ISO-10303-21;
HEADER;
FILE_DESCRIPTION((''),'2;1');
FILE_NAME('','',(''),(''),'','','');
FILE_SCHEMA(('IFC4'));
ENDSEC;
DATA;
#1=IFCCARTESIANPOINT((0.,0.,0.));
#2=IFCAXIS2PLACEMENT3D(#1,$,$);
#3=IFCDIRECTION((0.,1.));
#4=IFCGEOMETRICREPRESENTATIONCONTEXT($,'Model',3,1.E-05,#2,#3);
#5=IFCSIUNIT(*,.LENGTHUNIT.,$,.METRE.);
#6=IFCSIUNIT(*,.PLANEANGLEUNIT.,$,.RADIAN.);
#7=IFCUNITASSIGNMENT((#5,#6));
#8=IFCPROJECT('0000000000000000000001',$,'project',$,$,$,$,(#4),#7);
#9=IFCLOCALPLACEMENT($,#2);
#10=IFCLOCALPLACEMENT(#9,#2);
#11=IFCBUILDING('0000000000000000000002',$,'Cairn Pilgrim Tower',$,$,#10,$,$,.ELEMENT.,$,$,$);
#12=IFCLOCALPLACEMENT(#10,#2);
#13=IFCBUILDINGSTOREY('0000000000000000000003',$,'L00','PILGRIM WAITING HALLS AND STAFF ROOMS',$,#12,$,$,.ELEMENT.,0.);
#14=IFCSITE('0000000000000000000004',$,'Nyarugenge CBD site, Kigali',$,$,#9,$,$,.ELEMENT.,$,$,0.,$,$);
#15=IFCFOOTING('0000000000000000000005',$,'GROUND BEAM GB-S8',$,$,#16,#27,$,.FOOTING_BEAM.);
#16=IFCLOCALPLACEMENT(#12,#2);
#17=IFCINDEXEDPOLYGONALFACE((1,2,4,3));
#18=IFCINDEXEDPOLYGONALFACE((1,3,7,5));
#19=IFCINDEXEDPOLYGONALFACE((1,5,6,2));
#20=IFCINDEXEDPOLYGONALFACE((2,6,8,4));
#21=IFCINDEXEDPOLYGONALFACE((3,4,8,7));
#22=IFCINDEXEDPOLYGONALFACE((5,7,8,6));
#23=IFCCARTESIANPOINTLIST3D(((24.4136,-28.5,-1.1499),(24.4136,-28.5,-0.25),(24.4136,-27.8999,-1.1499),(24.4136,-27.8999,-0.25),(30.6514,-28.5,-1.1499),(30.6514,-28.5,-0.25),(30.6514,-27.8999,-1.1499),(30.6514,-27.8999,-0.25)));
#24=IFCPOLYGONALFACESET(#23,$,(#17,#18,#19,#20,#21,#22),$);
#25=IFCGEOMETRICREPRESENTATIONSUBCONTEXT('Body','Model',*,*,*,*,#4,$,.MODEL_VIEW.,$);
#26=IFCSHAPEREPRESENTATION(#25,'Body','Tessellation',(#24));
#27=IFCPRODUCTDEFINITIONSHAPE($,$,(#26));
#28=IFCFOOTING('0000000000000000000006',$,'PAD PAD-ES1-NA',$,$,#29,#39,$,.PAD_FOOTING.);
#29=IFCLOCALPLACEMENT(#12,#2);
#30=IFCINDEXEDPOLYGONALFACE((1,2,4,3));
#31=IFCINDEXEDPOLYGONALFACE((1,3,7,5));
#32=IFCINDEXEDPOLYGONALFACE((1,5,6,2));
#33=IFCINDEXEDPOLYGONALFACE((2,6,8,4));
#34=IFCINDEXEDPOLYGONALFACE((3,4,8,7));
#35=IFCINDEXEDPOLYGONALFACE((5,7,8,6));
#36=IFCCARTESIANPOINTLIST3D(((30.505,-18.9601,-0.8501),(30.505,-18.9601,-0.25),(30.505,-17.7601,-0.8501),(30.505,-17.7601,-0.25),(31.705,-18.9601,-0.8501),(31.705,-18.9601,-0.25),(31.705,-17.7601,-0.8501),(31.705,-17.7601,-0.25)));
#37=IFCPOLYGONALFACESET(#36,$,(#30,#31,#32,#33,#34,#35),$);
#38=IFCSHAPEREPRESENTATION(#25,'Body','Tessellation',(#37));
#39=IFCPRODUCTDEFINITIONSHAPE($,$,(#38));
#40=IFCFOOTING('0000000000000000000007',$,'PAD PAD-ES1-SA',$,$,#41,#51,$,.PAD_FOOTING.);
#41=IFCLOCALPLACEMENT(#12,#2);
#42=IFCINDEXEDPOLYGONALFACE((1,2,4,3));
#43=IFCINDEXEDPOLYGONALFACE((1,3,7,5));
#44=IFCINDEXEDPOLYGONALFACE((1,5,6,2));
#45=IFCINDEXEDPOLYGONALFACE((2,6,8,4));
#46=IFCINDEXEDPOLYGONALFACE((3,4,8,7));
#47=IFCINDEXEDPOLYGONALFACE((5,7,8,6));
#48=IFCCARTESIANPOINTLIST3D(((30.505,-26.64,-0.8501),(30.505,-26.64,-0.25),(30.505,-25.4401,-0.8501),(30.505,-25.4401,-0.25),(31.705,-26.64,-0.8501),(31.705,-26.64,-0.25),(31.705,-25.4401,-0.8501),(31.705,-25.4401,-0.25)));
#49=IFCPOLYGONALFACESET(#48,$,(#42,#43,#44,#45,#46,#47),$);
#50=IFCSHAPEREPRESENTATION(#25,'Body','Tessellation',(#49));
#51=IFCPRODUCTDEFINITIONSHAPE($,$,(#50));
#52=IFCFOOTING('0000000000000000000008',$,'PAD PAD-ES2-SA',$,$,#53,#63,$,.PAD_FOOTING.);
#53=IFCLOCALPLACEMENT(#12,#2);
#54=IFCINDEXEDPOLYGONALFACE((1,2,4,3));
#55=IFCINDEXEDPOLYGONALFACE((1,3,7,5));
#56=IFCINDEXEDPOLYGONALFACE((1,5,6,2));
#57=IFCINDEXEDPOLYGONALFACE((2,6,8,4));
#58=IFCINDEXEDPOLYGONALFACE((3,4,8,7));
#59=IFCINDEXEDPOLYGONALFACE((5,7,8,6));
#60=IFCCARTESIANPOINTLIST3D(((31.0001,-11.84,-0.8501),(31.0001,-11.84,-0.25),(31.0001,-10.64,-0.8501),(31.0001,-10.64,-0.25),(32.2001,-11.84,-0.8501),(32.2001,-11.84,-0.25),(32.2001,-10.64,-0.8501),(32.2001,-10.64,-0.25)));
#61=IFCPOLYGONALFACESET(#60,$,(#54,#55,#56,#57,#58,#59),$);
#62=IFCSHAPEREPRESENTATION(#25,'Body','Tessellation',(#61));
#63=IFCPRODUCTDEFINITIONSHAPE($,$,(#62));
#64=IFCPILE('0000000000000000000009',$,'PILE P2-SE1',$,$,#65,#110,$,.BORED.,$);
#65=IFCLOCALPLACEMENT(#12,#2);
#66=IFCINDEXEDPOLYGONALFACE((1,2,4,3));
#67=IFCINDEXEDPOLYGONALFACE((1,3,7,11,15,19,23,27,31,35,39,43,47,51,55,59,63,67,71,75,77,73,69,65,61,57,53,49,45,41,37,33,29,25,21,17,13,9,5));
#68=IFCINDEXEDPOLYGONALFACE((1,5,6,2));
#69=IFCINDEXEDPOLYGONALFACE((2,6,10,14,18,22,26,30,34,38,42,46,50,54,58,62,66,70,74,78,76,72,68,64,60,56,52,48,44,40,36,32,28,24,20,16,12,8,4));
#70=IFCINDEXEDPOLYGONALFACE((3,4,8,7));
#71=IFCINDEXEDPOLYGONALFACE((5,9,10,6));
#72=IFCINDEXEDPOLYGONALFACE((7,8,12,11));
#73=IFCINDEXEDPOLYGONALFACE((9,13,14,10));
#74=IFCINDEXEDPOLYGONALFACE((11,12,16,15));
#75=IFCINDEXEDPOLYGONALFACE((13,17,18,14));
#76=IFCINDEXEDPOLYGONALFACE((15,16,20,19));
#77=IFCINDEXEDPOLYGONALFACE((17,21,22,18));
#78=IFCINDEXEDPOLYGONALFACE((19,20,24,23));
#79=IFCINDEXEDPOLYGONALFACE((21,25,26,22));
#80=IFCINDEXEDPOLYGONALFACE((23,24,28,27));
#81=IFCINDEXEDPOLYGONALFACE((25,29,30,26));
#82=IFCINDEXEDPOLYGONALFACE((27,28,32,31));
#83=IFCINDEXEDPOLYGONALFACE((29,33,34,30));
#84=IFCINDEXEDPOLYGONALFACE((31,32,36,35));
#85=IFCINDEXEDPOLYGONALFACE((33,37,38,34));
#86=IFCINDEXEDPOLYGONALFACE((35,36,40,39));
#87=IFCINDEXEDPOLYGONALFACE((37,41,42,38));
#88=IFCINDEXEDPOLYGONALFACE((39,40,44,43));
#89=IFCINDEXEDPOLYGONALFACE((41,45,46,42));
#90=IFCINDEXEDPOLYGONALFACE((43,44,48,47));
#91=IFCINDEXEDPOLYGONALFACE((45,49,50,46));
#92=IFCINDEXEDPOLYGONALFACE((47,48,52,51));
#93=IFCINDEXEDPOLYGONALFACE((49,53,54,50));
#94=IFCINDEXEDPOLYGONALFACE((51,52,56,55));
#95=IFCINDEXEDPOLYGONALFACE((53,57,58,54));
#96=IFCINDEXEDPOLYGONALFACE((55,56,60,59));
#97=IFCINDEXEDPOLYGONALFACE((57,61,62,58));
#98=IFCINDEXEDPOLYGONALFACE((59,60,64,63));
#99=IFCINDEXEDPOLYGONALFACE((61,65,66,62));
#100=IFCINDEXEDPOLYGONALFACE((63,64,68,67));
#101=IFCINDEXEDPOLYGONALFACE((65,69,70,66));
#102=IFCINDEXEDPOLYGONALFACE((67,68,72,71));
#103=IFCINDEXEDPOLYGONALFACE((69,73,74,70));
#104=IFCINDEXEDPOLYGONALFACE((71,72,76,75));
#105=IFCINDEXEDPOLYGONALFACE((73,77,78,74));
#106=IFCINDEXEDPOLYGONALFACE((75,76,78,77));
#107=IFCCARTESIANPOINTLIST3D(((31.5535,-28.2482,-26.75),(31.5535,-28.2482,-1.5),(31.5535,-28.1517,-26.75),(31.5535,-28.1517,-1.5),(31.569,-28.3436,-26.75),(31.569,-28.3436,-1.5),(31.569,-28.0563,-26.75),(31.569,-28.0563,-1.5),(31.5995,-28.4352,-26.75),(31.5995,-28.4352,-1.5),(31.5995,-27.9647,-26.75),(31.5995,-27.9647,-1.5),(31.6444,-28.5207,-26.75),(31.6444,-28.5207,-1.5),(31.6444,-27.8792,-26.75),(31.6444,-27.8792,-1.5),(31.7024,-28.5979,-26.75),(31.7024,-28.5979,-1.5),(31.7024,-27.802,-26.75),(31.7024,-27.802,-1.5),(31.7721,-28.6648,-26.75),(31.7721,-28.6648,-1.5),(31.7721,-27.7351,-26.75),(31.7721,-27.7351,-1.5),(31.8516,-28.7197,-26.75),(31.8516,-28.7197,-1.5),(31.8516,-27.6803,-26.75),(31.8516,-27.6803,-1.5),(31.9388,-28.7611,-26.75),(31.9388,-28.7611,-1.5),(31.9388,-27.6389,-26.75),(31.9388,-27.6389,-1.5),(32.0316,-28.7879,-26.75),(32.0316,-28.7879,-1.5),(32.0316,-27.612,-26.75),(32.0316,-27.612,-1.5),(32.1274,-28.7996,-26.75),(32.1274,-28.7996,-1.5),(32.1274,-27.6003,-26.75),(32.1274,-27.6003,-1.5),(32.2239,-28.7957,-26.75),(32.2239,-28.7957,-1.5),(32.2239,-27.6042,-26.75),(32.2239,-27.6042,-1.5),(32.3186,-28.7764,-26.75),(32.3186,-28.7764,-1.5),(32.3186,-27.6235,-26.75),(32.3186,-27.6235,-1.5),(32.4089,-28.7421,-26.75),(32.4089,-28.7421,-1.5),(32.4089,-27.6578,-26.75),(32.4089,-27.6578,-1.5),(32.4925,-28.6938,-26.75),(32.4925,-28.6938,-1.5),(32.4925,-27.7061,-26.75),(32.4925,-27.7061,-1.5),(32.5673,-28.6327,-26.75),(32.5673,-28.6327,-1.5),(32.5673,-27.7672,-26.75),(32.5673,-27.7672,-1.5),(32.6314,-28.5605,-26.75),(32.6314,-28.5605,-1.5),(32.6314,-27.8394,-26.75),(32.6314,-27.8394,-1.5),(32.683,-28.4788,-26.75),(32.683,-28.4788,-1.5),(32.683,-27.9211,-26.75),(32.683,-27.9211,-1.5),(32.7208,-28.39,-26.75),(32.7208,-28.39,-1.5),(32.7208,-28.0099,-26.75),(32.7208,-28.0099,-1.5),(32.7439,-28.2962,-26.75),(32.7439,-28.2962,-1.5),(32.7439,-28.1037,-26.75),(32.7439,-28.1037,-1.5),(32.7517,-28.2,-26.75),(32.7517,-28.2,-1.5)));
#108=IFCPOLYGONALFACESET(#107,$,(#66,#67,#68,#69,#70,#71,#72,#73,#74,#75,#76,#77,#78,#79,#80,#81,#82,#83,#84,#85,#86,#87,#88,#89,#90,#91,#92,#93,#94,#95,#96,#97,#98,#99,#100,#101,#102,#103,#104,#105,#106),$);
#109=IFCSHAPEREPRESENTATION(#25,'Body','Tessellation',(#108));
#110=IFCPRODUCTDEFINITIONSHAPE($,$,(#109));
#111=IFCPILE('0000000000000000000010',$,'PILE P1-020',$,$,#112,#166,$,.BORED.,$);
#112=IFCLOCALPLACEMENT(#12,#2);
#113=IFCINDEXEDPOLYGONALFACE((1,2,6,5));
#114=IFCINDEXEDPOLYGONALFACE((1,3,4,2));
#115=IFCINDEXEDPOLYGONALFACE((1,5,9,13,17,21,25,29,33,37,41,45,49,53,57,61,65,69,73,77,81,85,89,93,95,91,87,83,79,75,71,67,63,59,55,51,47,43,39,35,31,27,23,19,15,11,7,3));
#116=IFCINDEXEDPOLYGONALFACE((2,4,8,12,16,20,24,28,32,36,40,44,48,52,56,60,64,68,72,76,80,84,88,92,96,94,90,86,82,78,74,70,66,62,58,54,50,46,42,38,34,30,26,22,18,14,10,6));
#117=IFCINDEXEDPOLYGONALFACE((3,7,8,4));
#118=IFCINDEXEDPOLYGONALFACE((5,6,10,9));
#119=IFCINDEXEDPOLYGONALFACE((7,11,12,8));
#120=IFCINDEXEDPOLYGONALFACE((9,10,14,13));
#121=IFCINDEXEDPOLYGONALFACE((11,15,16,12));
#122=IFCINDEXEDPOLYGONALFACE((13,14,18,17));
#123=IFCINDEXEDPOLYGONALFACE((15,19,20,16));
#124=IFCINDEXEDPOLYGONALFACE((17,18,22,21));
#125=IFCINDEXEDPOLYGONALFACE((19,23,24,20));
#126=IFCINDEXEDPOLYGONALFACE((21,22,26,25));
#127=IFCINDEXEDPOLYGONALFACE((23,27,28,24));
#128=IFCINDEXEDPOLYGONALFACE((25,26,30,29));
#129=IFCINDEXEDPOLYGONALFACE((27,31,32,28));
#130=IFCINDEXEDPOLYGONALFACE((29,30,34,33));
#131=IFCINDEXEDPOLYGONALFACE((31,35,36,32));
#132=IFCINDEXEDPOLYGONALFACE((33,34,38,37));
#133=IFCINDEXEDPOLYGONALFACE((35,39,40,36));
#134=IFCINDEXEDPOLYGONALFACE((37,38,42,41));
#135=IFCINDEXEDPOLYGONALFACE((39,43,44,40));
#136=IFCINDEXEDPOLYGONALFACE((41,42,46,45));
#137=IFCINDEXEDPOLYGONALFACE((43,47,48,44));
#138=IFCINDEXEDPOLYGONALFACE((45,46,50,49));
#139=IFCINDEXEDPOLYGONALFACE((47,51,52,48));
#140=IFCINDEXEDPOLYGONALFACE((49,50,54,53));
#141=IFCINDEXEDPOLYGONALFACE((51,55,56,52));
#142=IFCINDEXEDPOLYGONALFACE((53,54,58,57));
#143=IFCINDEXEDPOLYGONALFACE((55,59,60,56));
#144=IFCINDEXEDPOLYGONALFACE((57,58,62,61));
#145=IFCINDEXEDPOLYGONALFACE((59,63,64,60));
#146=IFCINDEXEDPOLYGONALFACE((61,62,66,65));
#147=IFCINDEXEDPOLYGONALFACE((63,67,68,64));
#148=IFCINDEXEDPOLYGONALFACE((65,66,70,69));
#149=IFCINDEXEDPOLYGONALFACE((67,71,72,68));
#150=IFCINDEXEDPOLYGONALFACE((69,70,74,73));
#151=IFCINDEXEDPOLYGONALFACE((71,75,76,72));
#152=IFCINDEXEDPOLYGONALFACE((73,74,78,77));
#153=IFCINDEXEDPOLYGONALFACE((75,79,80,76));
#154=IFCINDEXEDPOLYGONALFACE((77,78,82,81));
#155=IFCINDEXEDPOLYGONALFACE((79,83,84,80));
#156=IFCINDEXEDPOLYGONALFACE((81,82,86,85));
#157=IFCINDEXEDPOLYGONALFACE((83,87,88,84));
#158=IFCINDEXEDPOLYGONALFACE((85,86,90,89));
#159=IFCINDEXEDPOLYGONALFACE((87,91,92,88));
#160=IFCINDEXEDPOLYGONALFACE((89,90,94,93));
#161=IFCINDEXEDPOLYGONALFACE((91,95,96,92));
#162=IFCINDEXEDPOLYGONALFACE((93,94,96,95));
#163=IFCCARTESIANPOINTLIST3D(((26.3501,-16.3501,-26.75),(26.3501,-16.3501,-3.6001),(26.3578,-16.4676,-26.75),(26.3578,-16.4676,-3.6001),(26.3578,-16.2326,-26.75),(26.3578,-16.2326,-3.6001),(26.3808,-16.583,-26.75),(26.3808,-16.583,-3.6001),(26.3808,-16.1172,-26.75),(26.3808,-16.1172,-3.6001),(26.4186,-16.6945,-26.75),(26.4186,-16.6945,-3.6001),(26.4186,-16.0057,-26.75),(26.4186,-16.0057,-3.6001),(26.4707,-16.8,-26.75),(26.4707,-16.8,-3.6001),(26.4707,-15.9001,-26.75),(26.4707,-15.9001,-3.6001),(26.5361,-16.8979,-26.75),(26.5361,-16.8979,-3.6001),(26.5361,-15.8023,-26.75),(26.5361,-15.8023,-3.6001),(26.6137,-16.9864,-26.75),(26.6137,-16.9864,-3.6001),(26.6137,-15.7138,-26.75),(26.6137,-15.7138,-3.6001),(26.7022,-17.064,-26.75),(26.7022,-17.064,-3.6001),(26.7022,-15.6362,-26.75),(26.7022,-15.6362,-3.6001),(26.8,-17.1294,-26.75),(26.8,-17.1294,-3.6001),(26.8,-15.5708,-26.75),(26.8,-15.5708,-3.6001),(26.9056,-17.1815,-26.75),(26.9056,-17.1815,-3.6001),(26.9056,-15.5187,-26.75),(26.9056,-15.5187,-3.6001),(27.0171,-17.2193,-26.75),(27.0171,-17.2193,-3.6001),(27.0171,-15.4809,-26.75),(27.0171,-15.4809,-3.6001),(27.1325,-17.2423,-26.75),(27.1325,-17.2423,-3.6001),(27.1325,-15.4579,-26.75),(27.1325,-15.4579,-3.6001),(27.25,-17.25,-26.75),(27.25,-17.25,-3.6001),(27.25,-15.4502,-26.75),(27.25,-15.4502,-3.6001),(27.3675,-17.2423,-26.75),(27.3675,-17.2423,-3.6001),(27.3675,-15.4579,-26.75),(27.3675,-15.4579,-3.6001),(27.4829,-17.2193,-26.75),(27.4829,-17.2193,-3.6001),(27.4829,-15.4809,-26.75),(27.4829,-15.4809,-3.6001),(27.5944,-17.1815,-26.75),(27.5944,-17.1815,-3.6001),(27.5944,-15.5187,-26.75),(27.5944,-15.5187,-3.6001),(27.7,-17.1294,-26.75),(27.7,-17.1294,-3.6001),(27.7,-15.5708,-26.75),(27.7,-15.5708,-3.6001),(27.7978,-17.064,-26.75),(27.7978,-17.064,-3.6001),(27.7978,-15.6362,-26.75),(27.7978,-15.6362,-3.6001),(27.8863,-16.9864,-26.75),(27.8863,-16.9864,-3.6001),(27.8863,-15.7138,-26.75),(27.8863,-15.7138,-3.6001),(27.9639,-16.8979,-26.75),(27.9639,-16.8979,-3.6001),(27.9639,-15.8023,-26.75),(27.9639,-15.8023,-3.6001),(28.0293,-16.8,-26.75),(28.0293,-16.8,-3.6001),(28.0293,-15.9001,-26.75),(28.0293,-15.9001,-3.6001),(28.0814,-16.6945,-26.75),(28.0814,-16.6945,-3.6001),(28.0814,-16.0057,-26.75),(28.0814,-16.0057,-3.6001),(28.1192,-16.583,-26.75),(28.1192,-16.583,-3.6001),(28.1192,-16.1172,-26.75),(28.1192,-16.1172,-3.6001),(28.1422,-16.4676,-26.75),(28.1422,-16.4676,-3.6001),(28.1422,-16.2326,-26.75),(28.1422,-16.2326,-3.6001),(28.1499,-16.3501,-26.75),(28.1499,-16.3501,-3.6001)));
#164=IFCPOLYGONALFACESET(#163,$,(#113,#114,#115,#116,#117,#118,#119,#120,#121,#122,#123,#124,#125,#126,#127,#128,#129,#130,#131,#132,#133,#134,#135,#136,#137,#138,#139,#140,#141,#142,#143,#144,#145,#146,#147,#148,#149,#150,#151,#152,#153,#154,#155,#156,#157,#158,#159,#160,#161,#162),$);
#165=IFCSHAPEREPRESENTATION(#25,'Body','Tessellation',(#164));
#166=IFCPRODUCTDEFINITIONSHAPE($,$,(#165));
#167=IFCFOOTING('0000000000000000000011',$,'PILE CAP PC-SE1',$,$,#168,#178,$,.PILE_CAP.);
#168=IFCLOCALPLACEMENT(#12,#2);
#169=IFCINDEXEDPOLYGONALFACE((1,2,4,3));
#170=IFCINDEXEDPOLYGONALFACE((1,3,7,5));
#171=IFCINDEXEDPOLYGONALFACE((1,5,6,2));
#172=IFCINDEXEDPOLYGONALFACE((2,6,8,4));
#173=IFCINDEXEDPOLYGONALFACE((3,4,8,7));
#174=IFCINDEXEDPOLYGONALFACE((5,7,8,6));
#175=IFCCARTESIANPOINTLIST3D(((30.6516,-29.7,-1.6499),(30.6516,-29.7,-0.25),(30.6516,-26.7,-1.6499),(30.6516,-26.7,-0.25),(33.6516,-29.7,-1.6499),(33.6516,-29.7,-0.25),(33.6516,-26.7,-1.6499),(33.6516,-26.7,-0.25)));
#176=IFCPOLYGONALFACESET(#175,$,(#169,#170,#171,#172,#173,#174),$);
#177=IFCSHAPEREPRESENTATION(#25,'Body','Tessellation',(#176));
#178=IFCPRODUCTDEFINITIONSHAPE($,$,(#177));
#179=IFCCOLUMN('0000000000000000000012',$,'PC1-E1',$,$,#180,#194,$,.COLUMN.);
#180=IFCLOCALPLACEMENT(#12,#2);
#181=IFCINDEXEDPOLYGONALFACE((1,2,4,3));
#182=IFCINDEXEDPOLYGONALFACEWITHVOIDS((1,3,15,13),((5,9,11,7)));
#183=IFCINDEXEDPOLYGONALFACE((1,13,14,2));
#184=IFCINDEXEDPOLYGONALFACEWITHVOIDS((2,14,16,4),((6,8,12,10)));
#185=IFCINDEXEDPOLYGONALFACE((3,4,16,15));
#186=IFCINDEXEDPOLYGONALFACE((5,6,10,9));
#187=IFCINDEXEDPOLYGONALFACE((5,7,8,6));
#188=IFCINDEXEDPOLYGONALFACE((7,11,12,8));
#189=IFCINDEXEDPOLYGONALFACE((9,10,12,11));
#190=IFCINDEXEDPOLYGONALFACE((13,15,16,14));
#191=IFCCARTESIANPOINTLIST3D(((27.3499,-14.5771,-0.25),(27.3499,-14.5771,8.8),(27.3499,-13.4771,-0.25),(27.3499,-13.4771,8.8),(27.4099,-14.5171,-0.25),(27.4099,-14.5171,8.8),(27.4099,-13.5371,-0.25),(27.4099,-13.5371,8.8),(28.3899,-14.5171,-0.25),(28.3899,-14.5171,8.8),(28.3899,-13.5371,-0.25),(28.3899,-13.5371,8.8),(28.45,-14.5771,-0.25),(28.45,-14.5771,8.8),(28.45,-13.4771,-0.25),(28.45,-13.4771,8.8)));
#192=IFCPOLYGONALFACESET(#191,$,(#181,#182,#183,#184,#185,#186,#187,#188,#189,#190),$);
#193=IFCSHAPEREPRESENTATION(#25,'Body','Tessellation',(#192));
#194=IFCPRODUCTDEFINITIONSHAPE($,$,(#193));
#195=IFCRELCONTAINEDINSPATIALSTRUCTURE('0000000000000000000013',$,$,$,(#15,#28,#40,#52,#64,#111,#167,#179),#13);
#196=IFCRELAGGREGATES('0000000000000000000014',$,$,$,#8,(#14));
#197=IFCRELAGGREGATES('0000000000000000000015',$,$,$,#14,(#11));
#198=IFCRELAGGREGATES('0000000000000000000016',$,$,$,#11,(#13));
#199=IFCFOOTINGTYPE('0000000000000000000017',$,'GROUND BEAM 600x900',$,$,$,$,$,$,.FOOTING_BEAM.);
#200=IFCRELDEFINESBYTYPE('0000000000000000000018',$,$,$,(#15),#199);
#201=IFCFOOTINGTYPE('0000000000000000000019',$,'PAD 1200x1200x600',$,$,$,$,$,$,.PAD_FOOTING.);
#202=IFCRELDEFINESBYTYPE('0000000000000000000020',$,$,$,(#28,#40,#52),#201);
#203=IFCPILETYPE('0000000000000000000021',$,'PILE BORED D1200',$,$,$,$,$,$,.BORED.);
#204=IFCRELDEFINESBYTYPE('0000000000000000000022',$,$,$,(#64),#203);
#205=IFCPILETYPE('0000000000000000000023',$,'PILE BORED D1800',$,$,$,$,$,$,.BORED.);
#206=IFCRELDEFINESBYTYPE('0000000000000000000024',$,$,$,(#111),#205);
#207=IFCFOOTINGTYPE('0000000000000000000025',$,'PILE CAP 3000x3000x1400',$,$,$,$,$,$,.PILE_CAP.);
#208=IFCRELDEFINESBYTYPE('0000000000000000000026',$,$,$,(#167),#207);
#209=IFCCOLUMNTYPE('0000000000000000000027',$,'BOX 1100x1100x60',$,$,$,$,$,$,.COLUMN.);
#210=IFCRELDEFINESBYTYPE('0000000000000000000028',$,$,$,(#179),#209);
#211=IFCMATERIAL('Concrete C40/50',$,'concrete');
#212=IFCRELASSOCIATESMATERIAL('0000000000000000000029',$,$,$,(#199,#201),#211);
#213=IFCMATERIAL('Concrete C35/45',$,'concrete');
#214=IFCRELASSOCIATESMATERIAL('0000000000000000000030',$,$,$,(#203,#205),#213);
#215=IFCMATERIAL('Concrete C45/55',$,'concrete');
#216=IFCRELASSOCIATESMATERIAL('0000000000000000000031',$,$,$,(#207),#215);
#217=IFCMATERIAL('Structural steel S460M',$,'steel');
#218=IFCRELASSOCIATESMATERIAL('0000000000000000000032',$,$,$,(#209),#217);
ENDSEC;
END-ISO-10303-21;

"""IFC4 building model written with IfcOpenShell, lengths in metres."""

from ifc_helpers import new_model, si_unit, direction, frame, origin, origin_2d, place, context, subcontext, project, spatial, rectangle, hollow_rectangle, circle, extrude, material, material_profile, profile_set, type_object, element, save


model = new_model("IFC4")

# Units and contexts
model_context = context("Model", 3, precision=1e-05, world=origin(), true_north=direction((0.0, 1.0)))
body_context = subcontext(model_context, "Body", "Model", "MODEL_VIEW")
ifc_project = project(units=[si_unit("LENGTHUNIT", "METRE"), si_unit("PLANEANGLEUNIT", "RADIAN")], contexts=[model_context])

# Site, building, storey
site_placement = place(None, origin())
site = spatial("IfcSite", under=ifc_project, at=site_placement, Name="Nyarugenge CBD site, Kigali", CompositionType="ELEMENT", RefElevation=0.0)
building_placement = place(site_placement, origin())
building = spatial("IfcBuilding", under=site, at=building_placement, Name="Cairn Pilgrim Tower", CompositionType="ELEMENT")
storey_placement = place(building_placement, origin())
storey = spatial("IfcBuildingStorey", under=building, at=storey_placement, Name="L00", Description="PILGRIM WAITING HALLS AND STAFF ROOMS", CompositionType="ELEMENT", Elevation=0.0)

# Footings
ifc_material_1 = material(Name="Concrete C40/50", Category="concrete")
footing_type_1 = type_object("IfcFootingType", Name="GROUND BEAM 600x900", PredefinedType="FOOTING_BEAM", material=ifc_material_1)
footing_1_placement = place(storey_placement, frame((27.5325, -28.2, -1.1499), z_axis=(0.0, 0.0, 1.0), x_axis=(1.0, 0.0, 0.0)))
element("IfcFooting", 1, at=footing_1_placement, inside=storey, type_object=footing_type_1, Name="GROUND BEAM GB-S8", PredefinedType="FOOTING_BEAM", context=body_context, shape_type="SweptSolid", body=[
    extrude(rectangle(XDim=6.2378, YDim=0.6001, at=origin_2d()), origin(), (0.0, 0.0, 1.0), 0.8999),
])
footing_type_2 = type_object("IfcFootingType", Name="PAD 1200x1200x600", PredefinedType="PAD_FOOTING", material=ifc_material_1)
for number, where, z_axis, x_axis, name in (
    (2, (31.105, -18.3601, -0.8501), (0.0, 0.0, 1.0), (1.0, 0.0, 0.0), "PAD PAD-ES1-NA"),
    (3, (31.105, -26.04, -0.8501), (0.0, 0.0, 1.0), (1.0, 0.0, 0.0), "PAD PAD-ES1-SA"),
    (4, (31.6001, -11.24, -0.8501), (0.0, 0.0, 1.0), (1.0, 0.0, 0.0), "PAD PAD-ES2-SA"),
):
    element("IfcFooting", number, at=place(storey_placement, frame(where, z_axis=z_axis, x_axis=x_axis)), inside=storey, type_object=footing_type_2, Name=name, PredefinedType="PAD_FOOTING", context=body_context, shape_type="SweptSolid", body=[
        extrude(rectangle(XDim=1.2, YDim=1.2, at=origin_2d()), origin(), (0.0, 0.0, 1.0), 0.6001),
    ])

# Piles
ifc_material_2 = material(Name="Concrete C35/45", Category="concrete")
ifc_material_profile_1 = material_profile(ifc_material_2, circle(Radius=0.6001, at=origin_2d()), Name="D1200")
ifc_profile_set_1 = profile_set([ifc_material_profile_1], Name="Concrete C35/45")
pile_type_1 = type_object("IfcPileType", Name="PILE BORED D1200", PredefinedType="BORED", material=ifc_profile_set_1)
pile_1_placement = place(storey_placement, frame((32.1516, -28.2, -1.5), z_axis=(0.0, 0.0, -1.0), x_axis=(1.0, 0.0, 0.0)))
element("IfcPile", 5, at=pile_1_placement, inside=storey, type_object=pile_type_1, Name="PILE P2-SE1", PredefinedType="BORED", context=body_context, shape_type="SweptSolid", body=[
    extrude(circle(Radius=0.6001, at=origin_2d()), origin(), (0.0, 0.0, 1.0), 25.25),
])
ifc_material_profile_2 = material_profile(ifc_material_2, circle(Radius=0.8999, at=origin_2d()), Name="D1800")
ifc_profile_set_2 = profile_set([ifc_material_profile_2], Name="Concrete C35/45")
pile_type_2 = type_object("IfcPileType", Name="PILE BORED D1800", PredefinedType="BORED", material=ifc_profile_set_2)
pile_2_placement = place(storey_placement, frame((27.25, -16.3501, -3.6001), z_axis=(0.0, 0.0, -1.0), x_axis=(1.0, 0.0, 0.0)))
element("IfcPile", 6, at=pile_2_placement, inside=storey, type_object=pile_type_2, Name="PILE P1-020", PredefinedType="BORED", context=body_context, shape_type="SweptSolid", body=[
    extrude(circle(Radius=0.8999, at=origin_2d()), origin(), (0.0, 0.0, 1.0), 23.1499),
])

# Footing
ifc_material_3 = material(Name="Concrete C45/55", Category="concrete")
footing_type_3 = type_object("IfcFootingType", Name="PILE CAP 3000x3000x1400", PredefinedType="PILE_CAP", material=ifc_material_3)
footing_2_placement = place(storey_placement, frame((32.1516, -28.2, -1.6499), z_axis=(0.0, 0.0, 1.0), x_axis=(1.0, 0.0, 0.0)))
element("IfcFooting", 7, at=footing_2_placement, inside=storey, type_object=footing_type_3, Name="PILE CAP PC-SE1", PredefinedType="PILE_CAP", context=body_context, shape_type="SweptSolid", body=[
    extrude(rectangle(XDim=3.0, YDim=3.0, at=origin_2d()), origin(), (0.0, 0.0, 1.0), 1.3999),
])

# Column
ifc_material_4 = material(Name="Structural steel S460M", Category="steel")
ifc_material_profile_3 = material_profile(ifc_material_4, hollow_rectangle(XDim=1.1001, YDim=1.1001, WallThickness=0.0601, at=origin_2d()), Name="BOX 1100x1100x60")
ifc_profile_set_3 = profile_set([ifc_material_profile_3], Name="Structural steel S460M")
column_type_1 = type_object("IfcColumnType", Name="BOX 1100x1100x60", PredefinedType="COLUMN", material=ifc_profile_set_3)
column_1_placement = place(storey_placement, frame((27.8999, -14.0271, -0.25), z_axis=(0.0, 0.0, 1.0), x_axis=(1.0, 0.0, 0.0)))
element("IfcColumn", 8, at=column_1_placement, inside=storey, type_object=column_type_1, Name="PC1-E1", PredefinedType="COLUMN", context=body_context, shape_type="SweptSolid", body=[
    extrude(hollow_rectangle(XDim=1.1001, YDim=1.1001, WallThickness=0.0601, at=origin_2d()), origin(), (0.0, 0.0, 1.0), 9.05),
])

save(model, "model.ifc")
